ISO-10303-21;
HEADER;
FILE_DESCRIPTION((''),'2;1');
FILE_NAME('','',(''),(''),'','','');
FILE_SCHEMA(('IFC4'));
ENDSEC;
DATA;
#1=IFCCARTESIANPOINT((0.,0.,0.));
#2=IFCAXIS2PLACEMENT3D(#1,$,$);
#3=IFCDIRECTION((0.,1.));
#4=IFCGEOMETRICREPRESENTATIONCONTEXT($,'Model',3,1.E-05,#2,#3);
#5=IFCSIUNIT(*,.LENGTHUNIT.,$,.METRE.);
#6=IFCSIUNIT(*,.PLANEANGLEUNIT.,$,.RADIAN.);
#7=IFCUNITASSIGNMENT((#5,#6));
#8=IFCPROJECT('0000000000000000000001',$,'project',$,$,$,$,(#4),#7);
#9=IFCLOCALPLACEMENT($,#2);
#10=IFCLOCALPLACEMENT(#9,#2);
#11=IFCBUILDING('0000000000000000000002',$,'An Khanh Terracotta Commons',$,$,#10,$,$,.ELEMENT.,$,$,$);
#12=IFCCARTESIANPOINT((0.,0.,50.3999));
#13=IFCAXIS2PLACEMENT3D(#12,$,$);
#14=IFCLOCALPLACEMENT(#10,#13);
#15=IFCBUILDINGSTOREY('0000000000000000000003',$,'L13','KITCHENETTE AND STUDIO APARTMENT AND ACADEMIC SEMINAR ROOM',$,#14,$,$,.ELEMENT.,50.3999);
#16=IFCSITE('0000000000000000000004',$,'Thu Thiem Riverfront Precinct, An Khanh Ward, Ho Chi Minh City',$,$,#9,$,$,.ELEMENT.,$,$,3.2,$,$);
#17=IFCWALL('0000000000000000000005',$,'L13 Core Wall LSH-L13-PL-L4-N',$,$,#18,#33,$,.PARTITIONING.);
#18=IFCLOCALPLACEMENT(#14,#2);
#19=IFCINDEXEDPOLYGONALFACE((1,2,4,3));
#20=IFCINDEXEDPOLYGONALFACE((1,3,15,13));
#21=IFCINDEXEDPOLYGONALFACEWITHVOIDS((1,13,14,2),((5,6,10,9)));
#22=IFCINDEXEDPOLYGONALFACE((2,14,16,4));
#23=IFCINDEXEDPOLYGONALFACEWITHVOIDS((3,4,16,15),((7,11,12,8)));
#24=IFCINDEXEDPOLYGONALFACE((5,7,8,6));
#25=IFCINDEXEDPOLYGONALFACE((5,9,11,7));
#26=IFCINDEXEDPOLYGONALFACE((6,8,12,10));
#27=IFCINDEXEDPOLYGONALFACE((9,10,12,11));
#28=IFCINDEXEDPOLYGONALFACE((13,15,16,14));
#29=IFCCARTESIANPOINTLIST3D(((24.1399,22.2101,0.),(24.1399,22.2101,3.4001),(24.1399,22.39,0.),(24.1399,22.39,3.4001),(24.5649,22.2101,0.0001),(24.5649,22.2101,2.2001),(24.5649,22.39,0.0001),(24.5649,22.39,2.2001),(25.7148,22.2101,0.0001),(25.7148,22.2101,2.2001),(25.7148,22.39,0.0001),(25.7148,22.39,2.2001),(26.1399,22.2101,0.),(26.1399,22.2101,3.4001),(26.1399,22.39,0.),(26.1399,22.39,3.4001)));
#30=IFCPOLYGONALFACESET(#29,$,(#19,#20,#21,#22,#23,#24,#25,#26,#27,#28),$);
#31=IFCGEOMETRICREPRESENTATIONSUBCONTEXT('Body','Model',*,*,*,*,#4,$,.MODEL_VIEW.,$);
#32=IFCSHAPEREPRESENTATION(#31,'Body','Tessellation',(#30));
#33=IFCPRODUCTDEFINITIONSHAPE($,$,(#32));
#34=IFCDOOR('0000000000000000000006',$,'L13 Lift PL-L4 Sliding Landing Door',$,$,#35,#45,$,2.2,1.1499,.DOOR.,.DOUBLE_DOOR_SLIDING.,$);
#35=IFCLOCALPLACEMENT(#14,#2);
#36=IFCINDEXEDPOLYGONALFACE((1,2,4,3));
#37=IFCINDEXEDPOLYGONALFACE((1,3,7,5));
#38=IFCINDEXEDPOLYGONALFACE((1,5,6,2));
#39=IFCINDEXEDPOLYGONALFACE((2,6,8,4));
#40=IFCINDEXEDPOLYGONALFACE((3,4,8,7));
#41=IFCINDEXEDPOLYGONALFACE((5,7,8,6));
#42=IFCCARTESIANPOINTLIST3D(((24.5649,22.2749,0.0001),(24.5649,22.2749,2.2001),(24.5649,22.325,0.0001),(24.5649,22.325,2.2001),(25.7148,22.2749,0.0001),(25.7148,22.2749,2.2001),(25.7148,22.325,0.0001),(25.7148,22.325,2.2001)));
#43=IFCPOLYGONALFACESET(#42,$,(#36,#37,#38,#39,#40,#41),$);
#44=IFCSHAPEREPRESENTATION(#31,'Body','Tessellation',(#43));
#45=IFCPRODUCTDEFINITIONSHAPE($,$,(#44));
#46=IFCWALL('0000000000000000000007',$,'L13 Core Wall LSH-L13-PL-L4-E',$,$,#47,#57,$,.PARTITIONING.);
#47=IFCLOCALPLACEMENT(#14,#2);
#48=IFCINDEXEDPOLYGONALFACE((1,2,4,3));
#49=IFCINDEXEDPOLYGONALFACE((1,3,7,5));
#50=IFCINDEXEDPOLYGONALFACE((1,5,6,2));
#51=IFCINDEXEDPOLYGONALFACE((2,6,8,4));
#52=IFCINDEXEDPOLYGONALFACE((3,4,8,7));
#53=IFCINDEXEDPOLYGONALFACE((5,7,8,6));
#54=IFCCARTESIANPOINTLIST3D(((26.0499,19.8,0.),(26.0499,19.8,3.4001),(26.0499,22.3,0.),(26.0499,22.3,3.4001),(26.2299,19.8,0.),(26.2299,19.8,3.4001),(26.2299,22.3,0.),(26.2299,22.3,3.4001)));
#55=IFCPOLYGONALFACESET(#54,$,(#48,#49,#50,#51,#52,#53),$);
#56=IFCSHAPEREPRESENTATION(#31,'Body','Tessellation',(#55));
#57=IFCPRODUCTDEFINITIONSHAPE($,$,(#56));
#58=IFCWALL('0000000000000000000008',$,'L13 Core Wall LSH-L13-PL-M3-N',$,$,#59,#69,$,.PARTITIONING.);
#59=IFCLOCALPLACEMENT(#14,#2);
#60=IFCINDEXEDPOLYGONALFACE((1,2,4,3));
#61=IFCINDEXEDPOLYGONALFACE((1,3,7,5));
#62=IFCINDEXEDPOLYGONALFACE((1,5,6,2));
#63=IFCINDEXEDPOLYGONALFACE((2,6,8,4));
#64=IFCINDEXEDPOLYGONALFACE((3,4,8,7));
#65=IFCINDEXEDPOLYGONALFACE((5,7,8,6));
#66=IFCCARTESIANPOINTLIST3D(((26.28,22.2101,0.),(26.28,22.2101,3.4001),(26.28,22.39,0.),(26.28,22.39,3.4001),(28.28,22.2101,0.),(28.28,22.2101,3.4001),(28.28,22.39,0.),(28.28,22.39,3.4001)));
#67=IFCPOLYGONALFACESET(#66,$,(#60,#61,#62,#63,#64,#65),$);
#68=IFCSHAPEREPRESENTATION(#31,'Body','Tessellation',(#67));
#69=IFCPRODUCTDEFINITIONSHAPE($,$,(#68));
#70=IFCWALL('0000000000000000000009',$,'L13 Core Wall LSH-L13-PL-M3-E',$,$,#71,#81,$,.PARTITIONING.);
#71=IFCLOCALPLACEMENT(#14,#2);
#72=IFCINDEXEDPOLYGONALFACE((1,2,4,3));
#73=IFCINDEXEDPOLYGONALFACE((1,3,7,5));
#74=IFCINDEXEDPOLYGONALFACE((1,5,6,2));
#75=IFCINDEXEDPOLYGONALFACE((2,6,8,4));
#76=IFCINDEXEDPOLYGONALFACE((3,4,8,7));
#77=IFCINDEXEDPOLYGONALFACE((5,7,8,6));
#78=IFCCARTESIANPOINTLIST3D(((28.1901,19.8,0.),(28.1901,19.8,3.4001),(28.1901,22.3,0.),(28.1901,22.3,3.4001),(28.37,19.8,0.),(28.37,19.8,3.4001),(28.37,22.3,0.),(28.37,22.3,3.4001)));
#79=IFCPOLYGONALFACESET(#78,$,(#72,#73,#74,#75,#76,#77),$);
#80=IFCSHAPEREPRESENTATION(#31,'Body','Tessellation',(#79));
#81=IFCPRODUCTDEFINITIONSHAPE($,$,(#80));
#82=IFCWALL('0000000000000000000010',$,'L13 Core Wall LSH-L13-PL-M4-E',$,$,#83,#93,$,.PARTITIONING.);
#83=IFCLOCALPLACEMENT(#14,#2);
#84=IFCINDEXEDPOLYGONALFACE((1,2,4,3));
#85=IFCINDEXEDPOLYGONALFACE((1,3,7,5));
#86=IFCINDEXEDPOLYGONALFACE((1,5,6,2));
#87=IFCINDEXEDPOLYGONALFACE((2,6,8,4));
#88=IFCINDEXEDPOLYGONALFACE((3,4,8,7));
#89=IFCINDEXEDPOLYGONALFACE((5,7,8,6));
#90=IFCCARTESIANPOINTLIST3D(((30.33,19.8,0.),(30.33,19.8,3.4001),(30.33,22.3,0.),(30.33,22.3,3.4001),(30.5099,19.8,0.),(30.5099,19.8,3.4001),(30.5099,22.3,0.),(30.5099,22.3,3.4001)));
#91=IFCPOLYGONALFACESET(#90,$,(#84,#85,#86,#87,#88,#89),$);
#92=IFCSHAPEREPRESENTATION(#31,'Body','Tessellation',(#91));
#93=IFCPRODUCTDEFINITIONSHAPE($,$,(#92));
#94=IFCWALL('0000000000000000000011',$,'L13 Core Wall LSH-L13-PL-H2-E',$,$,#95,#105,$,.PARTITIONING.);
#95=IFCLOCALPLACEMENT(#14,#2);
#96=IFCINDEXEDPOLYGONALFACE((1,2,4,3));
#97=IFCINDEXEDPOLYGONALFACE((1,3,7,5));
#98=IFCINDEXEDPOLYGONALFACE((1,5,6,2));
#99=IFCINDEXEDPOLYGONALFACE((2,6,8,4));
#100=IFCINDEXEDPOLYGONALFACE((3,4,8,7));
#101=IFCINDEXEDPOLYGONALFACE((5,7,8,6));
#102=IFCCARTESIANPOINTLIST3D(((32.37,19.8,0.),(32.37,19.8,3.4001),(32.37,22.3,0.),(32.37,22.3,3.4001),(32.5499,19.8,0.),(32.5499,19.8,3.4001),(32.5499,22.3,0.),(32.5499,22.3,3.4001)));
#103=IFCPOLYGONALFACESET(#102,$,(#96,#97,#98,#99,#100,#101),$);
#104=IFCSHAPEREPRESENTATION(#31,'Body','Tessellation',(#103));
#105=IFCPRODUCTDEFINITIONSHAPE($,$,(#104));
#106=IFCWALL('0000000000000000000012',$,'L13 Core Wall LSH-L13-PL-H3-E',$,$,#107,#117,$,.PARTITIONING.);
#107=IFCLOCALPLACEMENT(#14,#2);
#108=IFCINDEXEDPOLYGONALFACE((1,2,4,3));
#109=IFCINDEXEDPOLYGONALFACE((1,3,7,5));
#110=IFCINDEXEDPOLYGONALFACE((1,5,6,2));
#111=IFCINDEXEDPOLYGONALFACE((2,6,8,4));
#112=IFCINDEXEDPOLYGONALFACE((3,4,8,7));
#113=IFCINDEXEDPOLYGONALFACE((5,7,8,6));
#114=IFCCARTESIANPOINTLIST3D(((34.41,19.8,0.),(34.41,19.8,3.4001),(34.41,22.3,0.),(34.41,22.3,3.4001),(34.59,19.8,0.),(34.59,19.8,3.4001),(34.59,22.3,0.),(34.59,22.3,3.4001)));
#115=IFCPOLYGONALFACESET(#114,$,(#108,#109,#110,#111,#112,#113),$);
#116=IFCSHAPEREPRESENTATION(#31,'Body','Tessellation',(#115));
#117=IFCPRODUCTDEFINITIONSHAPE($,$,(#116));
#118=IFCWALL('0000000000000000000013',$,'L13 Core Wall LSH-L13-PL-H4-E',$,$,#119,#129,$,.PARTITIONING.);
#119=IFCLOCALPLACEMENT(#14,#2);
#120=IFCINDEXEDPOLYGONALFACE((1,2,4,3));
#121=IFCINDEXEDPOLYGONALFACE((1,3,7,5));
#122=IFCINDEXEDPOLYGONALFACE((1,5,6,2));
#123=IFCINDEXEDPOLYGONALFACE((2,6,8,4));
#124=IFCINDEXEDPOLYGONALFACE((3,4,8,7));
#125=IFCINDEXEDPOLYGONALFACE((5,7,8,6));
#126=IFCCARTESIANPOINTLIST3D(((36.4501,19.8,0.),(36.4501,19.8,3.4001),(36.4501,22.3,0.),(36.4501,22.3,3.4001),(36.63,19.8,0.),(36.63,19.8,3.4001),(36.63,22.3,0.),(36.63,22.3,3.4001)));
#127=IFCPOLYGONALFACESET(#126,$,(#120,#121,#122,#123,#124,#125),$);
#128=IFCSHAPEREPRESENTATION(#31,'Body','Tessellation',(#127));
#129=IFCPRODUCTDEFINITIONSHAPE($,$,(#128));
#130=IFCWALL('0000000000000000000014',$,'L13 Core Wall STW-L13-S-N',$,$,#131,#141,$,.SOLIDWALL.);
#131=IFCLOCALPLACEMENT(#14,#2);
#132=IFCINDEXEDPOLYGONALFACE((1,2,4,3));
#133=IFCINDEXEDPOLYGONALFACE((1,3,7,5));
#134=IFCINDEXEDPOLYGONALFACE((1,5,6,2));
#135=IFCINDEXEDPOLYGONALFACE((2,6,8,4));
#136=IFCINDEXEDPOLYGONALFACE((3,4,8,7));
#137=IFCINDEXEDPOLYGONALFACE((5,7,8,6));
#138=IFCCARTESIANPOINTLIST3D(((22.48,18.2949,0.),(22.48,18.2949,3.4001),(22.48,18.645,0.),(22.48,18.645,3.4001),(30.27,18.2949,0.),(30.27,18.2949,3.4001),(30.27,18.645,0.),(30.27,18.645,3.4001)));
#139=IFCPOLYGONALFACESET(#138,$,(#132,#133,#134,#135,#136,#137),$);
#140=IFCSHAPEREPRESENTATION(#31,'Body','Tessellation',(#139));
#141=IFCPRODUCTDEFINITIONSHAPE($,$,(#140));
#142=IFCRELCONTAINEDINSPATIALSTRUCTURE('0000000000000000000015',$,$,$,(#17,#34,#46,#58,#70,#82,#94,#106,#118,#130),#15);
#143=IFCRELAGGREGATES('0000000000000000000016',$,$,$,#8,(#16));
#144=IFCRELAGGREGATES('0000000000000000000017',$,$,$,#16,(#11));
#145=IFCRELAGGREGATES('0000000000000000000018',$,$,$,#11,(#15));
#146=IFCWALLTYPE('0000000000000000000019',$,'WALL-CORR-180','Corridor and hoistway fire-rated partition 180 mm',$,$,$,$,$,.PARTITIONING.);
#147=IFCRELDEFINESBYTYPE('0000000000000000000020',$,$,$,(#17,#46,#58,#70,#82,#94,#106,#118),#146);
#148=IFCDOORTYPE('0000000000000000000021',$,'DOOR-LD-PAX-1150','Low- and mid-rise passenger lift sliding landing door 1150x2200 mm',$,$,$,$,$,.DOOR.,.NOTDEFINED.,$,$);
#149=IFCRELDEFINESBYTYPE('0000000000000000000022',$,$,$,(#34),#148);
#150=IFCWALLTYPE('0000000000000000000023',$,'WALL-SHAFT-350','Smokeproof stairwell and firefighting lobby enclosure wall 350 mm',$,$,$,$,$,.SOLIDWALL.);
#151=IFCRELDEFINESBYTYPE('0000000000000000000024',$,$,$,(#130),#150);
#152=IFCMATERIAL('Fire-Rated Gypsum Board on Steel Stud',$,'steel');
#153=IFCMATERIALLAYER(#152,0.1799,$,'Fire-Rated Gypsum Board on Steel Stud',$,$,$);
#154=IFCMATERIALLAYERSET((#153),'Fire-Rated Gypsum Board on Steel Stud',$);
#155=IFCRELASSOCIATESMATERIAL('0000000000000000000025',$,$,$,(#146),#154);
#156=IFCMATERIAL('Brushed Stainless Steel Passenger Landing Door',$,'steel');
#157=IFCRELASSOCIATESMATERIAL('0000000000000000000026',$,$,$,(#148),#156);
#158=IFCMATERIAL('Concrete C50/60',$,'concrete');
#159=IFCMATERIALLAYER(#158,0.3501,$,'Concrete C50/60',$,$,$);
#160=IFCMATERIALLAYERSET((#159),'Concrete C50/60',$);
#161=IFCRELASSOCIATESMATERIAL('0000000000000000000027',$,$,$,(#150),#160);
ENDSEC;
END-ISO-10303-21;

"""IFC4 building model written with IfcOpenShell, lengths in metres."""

from ifc_helpers import new_model, si_unit, direction, frame, frame_2d, origin, place, context, subcontext, project, spatial, rectangle, extrude, material, layer, layer_set, type_object, element, fill, save


model = new_model("IFC4")

# Units and contexts
model_context = context("Model", 3, precision=1e-05, world=origin(), true_north=direction((0.0, 1.0)))
body_context = subcontext(model_context, "Body", "Model", "MODEL_VIEW")
ifc_project = project(units=[si_unit("LENGTHUNIT", "METRE"), si_unit("PLANEANGLEUNIT", "RADIAN")], contexts=[model_context])

# Site, building, storey
site_placement = place(None, origin())
site = spatial("IfcSite", under=ifc_project, at=site_placement, Name="Thu Thiem Riverfront Precinct, An Khanh Ward, Ho Chi Minh City", CompositionType="ELEMENT", RefElevation=3.2)
building_placement = place(site_placement, origin())
building = spatial("IfcBuilding", under=site, at=building_placement, Name="An Khanh Terracotta Commons", CompositionType="ELEMENT")
storey_placement = place(building_placement, frame((0.0, 0.0, 50.3999)))
storey = spatial("IfcBuildingStorey", under=building, at=storey_placement, Name="L13", Description="KITCHENETTE AND STUDIO APARTMENT AND ACADEMIC SEMINAR ROOM", CompositionType="ELEMENT", Elevation=50.3999)

# Shared definitions
ifc_material_1 = material(Name="Fire-Rated Gypsum Board on Steel Stud", Category="steel")
ifc_layer_1 = layer(ifc_material_1, 0.1799, Name="Fire-Rated Gypsum Board on Steel Stud")
ifc_layer_set_1 = layer_set([ifc_layer_1], Name="Fire-Rated Gypsum Board on Steel Stud")
wall_type_1 = type_object("IfcWallType", Name="WALL-CORR-180", Description="Corridor and hoistway fire-rated partition 180 mm", PredefinedType="PARTITIONING", material=ifc_layer_set_1)

# Shared definitions
ifc_material_2 = material(Name="Brushed Stainless Steel Passenger Landing Door", Category="steel")
door_type_1 = type_object("IfcDoorType", Name="DOOR-LD-PAX-1150", Description="Low- and mid-rise passenger lift sliding landing door 1150x2200 mm", OperationType="NOTDEFINED", PredefinedType="DOOR", material=ifc_material_2)

# Wall, opening, door
wall_1_placement = place(storey_placement, frame((24.1399, 22.3, 0.0), z_axis=(0.0, 0.0, 1.0), x_axis=(1.0, 0.0, 0.0)))
wall_1 = element("IfcWall", 1, at=wall_1_placement, inside=storey, type_object=wall_type_1, Name="L13 Core Wall LSH-L13-PL-L4-N", PredefinedType="PARTITIONING", context=body_context, shape_type="SweptSolid", body=[
    extrude(rectangle(XDim=2.0, YDim=0.1799, at=frame_2d((1.0, 0.0))), origin(), (0.0, 0.0, 1.0), 3.4001),
])
opening_1_placement = place(wall_1_placement, frame((0.425, 0.0, 0.0)))
opening_1 = element("IfcOpeningElement", 2, at=opening_1_placement, cuts=wall_1, PredefinedType="OPENING", context=body_context, shape_type="SweptSolid", body=[
    extrude(rectangle(XDim=1.1499, YDim=2.2, at=frame_2d((0.575, 1.1001))), frame((0.0, 0.0999, 0.0), z_axis=(0.0, -1.0, 0.0), x_axis=(1.0, 0.0, 0.0)), (0.0, 0.0, 1.0), 0.2),
])
door_1_placement = place(opening_1_placement, origin())
door_1 = element("IfcDoor", 3, at=door_1_placement, inside=storey, type_object=door_type_1, Name="L13 Lift PL-L4 Sliding Landing Door", OperationType="DOUBLE_DOOR_SLIDING", OverallHeight=2.2, OverallWidth=1.1499, PredefinedType="DOOR", context=body_context, shape_type="SweptSolid", body=[
    extrude(rectangle(XDim=1.1499, YDim=2.2, at=frame_2d((0.575, 1.1001))), frame((0.0, 0.0249, 0.0), z_axis=(0.0, -1.0, 0.0), x_axis=(1.0, 0.0, 0.0)), (0.0, 0.0, 1.0), 0.05),
])
fill(opening_1, door_1)

# Walls
wall_2_placement = place(storey_placement, frame((26.1399, 19.8, 0.0), z_axis=(0.0, 0.0, 1.0), x_axis=(0.0, 1.0, 0.0)))
element("IfcWall", 4, at=wall_2_placement, inside=storey, type_object=wall_type_1, Name="L13 Core Wall LSH-L13-PL-L4-E", PredefinedType="PARTITIONING", context=body_context, shape_type="SweptSolid", body=[
    extrude(rectangle(XDim=2.5, YDim=0.1799, at=frame_2d((1.25, 0.0))), origin(), (0.0, 0.0, 1.0), 3.4001),
])
wall_3_placement = place(storey_placement, frame((26.28, 22.3, 0.0), z_axis=(0.0, 0.0, 1.0), x_axis=(1.0, 0.0, 0.0)))
element("IfcWall", 5, at=wall_3_placement, inside=storey, type_object=wall_type_1, Name="L13 Core Wall LSH-L13-PL-M3-N", PredefinedType="PARTITIONING", context=body_context, shape_type="SweptSolid", body=[
    extrude(rectangle(XDim=2.0, YDim=0.1799, at=frame_2d((1.0, 0.0))), origin(), (0.0, 0.0, 1.0), 3.4001),
])
for number, where, z_axis, x_axis, name in (
    (6, (28.28, 19.8, 0.0), (0.0, 0.0, 1.0), (0.0, 1.0, 0.0), "L13 Core Wall LSH-L13-PL-M3-E"),
    (7, (30.4199, 19.8, 0.0), (0.0, 0.0, 1.0), (0.0, 1.0, 0.0), "L13 Core Wall LSH-L13-PL-M4-E"),
    (8, (32.46, 19.8, 0.0), (0.0, 0.0, 1.0), (0.0, 1.0, 0.0), "L13 Core Wall LSH-L13-PL-H2-E"),
    (9, (34.5, 19.8, 0.0), (0.0, 0.0, 1.0), (0.0, 1.0, 0.0), "L13 Core Wall LSH-L13-PL-H3-E"),
    (10, (36.54, 19.8, 0.0), (0.0, 0.0, 1.0), (0.0, 1.0, 0.0), "L13 Core Wall LSH-L13-PL-H4-E"),
):
    element("IfcWall", number, at=place(storey_placement, frame(where, z_axis=z_axis, x_axis=x_axis)), inside=storey, type_object=wall_type_1, Name=name, PredefinedType="PARTITIONING", context=body_context, shape_type="SweptSolid", body=[
        extrude(rectangle(XDim=2.5, YDim=0.1799, at=frame_2d((1.25, 0.0))), origin(), (0.0, 0.0, 1.0), 3.4001),
    ])
ifc_material_3 = material(Name="Concrete C50/60", Category="concrete")
ifc_layer_2 = layer(ifc_material_3, 0.3501, Name="Concrete C50/60")
ifc_layer_set_2 = layer_set([ifc_layer_2], Name="Concrete C50/60")
wall_type_2 = type_object("IfcWallType", Name="WALL-SHAFT-350", Description="Smokeproof stairwell and firefighting lobby enclosure wall 350 mm", PredefinedType="SOLIDWALL", material=ifc_layer_set_2)
wall_4_placement = place(storey_placement, frame((22.48, 18.47, 0.0), z_axis=(0.0, 0.0, 1.0), x_axis=(1.0, 0.0, 0.0)))
element("IfcWall", 11, at=wall_4_placement, inside=storey, type_object=wall_type_2, Name="L13 Core Wall STW-L13-S-N", PredefinedType="SOLIDWALL", context=body_context, shape_type="SweptSolid", body=[
    extrude(rectangle(XDim=7.79, YDim=0.3501, at=frame_2d((3.895, 0.0))), origin(), (0.0, 0.0, 1.0), 3.4001),
])

save(model, "model.ifc")
